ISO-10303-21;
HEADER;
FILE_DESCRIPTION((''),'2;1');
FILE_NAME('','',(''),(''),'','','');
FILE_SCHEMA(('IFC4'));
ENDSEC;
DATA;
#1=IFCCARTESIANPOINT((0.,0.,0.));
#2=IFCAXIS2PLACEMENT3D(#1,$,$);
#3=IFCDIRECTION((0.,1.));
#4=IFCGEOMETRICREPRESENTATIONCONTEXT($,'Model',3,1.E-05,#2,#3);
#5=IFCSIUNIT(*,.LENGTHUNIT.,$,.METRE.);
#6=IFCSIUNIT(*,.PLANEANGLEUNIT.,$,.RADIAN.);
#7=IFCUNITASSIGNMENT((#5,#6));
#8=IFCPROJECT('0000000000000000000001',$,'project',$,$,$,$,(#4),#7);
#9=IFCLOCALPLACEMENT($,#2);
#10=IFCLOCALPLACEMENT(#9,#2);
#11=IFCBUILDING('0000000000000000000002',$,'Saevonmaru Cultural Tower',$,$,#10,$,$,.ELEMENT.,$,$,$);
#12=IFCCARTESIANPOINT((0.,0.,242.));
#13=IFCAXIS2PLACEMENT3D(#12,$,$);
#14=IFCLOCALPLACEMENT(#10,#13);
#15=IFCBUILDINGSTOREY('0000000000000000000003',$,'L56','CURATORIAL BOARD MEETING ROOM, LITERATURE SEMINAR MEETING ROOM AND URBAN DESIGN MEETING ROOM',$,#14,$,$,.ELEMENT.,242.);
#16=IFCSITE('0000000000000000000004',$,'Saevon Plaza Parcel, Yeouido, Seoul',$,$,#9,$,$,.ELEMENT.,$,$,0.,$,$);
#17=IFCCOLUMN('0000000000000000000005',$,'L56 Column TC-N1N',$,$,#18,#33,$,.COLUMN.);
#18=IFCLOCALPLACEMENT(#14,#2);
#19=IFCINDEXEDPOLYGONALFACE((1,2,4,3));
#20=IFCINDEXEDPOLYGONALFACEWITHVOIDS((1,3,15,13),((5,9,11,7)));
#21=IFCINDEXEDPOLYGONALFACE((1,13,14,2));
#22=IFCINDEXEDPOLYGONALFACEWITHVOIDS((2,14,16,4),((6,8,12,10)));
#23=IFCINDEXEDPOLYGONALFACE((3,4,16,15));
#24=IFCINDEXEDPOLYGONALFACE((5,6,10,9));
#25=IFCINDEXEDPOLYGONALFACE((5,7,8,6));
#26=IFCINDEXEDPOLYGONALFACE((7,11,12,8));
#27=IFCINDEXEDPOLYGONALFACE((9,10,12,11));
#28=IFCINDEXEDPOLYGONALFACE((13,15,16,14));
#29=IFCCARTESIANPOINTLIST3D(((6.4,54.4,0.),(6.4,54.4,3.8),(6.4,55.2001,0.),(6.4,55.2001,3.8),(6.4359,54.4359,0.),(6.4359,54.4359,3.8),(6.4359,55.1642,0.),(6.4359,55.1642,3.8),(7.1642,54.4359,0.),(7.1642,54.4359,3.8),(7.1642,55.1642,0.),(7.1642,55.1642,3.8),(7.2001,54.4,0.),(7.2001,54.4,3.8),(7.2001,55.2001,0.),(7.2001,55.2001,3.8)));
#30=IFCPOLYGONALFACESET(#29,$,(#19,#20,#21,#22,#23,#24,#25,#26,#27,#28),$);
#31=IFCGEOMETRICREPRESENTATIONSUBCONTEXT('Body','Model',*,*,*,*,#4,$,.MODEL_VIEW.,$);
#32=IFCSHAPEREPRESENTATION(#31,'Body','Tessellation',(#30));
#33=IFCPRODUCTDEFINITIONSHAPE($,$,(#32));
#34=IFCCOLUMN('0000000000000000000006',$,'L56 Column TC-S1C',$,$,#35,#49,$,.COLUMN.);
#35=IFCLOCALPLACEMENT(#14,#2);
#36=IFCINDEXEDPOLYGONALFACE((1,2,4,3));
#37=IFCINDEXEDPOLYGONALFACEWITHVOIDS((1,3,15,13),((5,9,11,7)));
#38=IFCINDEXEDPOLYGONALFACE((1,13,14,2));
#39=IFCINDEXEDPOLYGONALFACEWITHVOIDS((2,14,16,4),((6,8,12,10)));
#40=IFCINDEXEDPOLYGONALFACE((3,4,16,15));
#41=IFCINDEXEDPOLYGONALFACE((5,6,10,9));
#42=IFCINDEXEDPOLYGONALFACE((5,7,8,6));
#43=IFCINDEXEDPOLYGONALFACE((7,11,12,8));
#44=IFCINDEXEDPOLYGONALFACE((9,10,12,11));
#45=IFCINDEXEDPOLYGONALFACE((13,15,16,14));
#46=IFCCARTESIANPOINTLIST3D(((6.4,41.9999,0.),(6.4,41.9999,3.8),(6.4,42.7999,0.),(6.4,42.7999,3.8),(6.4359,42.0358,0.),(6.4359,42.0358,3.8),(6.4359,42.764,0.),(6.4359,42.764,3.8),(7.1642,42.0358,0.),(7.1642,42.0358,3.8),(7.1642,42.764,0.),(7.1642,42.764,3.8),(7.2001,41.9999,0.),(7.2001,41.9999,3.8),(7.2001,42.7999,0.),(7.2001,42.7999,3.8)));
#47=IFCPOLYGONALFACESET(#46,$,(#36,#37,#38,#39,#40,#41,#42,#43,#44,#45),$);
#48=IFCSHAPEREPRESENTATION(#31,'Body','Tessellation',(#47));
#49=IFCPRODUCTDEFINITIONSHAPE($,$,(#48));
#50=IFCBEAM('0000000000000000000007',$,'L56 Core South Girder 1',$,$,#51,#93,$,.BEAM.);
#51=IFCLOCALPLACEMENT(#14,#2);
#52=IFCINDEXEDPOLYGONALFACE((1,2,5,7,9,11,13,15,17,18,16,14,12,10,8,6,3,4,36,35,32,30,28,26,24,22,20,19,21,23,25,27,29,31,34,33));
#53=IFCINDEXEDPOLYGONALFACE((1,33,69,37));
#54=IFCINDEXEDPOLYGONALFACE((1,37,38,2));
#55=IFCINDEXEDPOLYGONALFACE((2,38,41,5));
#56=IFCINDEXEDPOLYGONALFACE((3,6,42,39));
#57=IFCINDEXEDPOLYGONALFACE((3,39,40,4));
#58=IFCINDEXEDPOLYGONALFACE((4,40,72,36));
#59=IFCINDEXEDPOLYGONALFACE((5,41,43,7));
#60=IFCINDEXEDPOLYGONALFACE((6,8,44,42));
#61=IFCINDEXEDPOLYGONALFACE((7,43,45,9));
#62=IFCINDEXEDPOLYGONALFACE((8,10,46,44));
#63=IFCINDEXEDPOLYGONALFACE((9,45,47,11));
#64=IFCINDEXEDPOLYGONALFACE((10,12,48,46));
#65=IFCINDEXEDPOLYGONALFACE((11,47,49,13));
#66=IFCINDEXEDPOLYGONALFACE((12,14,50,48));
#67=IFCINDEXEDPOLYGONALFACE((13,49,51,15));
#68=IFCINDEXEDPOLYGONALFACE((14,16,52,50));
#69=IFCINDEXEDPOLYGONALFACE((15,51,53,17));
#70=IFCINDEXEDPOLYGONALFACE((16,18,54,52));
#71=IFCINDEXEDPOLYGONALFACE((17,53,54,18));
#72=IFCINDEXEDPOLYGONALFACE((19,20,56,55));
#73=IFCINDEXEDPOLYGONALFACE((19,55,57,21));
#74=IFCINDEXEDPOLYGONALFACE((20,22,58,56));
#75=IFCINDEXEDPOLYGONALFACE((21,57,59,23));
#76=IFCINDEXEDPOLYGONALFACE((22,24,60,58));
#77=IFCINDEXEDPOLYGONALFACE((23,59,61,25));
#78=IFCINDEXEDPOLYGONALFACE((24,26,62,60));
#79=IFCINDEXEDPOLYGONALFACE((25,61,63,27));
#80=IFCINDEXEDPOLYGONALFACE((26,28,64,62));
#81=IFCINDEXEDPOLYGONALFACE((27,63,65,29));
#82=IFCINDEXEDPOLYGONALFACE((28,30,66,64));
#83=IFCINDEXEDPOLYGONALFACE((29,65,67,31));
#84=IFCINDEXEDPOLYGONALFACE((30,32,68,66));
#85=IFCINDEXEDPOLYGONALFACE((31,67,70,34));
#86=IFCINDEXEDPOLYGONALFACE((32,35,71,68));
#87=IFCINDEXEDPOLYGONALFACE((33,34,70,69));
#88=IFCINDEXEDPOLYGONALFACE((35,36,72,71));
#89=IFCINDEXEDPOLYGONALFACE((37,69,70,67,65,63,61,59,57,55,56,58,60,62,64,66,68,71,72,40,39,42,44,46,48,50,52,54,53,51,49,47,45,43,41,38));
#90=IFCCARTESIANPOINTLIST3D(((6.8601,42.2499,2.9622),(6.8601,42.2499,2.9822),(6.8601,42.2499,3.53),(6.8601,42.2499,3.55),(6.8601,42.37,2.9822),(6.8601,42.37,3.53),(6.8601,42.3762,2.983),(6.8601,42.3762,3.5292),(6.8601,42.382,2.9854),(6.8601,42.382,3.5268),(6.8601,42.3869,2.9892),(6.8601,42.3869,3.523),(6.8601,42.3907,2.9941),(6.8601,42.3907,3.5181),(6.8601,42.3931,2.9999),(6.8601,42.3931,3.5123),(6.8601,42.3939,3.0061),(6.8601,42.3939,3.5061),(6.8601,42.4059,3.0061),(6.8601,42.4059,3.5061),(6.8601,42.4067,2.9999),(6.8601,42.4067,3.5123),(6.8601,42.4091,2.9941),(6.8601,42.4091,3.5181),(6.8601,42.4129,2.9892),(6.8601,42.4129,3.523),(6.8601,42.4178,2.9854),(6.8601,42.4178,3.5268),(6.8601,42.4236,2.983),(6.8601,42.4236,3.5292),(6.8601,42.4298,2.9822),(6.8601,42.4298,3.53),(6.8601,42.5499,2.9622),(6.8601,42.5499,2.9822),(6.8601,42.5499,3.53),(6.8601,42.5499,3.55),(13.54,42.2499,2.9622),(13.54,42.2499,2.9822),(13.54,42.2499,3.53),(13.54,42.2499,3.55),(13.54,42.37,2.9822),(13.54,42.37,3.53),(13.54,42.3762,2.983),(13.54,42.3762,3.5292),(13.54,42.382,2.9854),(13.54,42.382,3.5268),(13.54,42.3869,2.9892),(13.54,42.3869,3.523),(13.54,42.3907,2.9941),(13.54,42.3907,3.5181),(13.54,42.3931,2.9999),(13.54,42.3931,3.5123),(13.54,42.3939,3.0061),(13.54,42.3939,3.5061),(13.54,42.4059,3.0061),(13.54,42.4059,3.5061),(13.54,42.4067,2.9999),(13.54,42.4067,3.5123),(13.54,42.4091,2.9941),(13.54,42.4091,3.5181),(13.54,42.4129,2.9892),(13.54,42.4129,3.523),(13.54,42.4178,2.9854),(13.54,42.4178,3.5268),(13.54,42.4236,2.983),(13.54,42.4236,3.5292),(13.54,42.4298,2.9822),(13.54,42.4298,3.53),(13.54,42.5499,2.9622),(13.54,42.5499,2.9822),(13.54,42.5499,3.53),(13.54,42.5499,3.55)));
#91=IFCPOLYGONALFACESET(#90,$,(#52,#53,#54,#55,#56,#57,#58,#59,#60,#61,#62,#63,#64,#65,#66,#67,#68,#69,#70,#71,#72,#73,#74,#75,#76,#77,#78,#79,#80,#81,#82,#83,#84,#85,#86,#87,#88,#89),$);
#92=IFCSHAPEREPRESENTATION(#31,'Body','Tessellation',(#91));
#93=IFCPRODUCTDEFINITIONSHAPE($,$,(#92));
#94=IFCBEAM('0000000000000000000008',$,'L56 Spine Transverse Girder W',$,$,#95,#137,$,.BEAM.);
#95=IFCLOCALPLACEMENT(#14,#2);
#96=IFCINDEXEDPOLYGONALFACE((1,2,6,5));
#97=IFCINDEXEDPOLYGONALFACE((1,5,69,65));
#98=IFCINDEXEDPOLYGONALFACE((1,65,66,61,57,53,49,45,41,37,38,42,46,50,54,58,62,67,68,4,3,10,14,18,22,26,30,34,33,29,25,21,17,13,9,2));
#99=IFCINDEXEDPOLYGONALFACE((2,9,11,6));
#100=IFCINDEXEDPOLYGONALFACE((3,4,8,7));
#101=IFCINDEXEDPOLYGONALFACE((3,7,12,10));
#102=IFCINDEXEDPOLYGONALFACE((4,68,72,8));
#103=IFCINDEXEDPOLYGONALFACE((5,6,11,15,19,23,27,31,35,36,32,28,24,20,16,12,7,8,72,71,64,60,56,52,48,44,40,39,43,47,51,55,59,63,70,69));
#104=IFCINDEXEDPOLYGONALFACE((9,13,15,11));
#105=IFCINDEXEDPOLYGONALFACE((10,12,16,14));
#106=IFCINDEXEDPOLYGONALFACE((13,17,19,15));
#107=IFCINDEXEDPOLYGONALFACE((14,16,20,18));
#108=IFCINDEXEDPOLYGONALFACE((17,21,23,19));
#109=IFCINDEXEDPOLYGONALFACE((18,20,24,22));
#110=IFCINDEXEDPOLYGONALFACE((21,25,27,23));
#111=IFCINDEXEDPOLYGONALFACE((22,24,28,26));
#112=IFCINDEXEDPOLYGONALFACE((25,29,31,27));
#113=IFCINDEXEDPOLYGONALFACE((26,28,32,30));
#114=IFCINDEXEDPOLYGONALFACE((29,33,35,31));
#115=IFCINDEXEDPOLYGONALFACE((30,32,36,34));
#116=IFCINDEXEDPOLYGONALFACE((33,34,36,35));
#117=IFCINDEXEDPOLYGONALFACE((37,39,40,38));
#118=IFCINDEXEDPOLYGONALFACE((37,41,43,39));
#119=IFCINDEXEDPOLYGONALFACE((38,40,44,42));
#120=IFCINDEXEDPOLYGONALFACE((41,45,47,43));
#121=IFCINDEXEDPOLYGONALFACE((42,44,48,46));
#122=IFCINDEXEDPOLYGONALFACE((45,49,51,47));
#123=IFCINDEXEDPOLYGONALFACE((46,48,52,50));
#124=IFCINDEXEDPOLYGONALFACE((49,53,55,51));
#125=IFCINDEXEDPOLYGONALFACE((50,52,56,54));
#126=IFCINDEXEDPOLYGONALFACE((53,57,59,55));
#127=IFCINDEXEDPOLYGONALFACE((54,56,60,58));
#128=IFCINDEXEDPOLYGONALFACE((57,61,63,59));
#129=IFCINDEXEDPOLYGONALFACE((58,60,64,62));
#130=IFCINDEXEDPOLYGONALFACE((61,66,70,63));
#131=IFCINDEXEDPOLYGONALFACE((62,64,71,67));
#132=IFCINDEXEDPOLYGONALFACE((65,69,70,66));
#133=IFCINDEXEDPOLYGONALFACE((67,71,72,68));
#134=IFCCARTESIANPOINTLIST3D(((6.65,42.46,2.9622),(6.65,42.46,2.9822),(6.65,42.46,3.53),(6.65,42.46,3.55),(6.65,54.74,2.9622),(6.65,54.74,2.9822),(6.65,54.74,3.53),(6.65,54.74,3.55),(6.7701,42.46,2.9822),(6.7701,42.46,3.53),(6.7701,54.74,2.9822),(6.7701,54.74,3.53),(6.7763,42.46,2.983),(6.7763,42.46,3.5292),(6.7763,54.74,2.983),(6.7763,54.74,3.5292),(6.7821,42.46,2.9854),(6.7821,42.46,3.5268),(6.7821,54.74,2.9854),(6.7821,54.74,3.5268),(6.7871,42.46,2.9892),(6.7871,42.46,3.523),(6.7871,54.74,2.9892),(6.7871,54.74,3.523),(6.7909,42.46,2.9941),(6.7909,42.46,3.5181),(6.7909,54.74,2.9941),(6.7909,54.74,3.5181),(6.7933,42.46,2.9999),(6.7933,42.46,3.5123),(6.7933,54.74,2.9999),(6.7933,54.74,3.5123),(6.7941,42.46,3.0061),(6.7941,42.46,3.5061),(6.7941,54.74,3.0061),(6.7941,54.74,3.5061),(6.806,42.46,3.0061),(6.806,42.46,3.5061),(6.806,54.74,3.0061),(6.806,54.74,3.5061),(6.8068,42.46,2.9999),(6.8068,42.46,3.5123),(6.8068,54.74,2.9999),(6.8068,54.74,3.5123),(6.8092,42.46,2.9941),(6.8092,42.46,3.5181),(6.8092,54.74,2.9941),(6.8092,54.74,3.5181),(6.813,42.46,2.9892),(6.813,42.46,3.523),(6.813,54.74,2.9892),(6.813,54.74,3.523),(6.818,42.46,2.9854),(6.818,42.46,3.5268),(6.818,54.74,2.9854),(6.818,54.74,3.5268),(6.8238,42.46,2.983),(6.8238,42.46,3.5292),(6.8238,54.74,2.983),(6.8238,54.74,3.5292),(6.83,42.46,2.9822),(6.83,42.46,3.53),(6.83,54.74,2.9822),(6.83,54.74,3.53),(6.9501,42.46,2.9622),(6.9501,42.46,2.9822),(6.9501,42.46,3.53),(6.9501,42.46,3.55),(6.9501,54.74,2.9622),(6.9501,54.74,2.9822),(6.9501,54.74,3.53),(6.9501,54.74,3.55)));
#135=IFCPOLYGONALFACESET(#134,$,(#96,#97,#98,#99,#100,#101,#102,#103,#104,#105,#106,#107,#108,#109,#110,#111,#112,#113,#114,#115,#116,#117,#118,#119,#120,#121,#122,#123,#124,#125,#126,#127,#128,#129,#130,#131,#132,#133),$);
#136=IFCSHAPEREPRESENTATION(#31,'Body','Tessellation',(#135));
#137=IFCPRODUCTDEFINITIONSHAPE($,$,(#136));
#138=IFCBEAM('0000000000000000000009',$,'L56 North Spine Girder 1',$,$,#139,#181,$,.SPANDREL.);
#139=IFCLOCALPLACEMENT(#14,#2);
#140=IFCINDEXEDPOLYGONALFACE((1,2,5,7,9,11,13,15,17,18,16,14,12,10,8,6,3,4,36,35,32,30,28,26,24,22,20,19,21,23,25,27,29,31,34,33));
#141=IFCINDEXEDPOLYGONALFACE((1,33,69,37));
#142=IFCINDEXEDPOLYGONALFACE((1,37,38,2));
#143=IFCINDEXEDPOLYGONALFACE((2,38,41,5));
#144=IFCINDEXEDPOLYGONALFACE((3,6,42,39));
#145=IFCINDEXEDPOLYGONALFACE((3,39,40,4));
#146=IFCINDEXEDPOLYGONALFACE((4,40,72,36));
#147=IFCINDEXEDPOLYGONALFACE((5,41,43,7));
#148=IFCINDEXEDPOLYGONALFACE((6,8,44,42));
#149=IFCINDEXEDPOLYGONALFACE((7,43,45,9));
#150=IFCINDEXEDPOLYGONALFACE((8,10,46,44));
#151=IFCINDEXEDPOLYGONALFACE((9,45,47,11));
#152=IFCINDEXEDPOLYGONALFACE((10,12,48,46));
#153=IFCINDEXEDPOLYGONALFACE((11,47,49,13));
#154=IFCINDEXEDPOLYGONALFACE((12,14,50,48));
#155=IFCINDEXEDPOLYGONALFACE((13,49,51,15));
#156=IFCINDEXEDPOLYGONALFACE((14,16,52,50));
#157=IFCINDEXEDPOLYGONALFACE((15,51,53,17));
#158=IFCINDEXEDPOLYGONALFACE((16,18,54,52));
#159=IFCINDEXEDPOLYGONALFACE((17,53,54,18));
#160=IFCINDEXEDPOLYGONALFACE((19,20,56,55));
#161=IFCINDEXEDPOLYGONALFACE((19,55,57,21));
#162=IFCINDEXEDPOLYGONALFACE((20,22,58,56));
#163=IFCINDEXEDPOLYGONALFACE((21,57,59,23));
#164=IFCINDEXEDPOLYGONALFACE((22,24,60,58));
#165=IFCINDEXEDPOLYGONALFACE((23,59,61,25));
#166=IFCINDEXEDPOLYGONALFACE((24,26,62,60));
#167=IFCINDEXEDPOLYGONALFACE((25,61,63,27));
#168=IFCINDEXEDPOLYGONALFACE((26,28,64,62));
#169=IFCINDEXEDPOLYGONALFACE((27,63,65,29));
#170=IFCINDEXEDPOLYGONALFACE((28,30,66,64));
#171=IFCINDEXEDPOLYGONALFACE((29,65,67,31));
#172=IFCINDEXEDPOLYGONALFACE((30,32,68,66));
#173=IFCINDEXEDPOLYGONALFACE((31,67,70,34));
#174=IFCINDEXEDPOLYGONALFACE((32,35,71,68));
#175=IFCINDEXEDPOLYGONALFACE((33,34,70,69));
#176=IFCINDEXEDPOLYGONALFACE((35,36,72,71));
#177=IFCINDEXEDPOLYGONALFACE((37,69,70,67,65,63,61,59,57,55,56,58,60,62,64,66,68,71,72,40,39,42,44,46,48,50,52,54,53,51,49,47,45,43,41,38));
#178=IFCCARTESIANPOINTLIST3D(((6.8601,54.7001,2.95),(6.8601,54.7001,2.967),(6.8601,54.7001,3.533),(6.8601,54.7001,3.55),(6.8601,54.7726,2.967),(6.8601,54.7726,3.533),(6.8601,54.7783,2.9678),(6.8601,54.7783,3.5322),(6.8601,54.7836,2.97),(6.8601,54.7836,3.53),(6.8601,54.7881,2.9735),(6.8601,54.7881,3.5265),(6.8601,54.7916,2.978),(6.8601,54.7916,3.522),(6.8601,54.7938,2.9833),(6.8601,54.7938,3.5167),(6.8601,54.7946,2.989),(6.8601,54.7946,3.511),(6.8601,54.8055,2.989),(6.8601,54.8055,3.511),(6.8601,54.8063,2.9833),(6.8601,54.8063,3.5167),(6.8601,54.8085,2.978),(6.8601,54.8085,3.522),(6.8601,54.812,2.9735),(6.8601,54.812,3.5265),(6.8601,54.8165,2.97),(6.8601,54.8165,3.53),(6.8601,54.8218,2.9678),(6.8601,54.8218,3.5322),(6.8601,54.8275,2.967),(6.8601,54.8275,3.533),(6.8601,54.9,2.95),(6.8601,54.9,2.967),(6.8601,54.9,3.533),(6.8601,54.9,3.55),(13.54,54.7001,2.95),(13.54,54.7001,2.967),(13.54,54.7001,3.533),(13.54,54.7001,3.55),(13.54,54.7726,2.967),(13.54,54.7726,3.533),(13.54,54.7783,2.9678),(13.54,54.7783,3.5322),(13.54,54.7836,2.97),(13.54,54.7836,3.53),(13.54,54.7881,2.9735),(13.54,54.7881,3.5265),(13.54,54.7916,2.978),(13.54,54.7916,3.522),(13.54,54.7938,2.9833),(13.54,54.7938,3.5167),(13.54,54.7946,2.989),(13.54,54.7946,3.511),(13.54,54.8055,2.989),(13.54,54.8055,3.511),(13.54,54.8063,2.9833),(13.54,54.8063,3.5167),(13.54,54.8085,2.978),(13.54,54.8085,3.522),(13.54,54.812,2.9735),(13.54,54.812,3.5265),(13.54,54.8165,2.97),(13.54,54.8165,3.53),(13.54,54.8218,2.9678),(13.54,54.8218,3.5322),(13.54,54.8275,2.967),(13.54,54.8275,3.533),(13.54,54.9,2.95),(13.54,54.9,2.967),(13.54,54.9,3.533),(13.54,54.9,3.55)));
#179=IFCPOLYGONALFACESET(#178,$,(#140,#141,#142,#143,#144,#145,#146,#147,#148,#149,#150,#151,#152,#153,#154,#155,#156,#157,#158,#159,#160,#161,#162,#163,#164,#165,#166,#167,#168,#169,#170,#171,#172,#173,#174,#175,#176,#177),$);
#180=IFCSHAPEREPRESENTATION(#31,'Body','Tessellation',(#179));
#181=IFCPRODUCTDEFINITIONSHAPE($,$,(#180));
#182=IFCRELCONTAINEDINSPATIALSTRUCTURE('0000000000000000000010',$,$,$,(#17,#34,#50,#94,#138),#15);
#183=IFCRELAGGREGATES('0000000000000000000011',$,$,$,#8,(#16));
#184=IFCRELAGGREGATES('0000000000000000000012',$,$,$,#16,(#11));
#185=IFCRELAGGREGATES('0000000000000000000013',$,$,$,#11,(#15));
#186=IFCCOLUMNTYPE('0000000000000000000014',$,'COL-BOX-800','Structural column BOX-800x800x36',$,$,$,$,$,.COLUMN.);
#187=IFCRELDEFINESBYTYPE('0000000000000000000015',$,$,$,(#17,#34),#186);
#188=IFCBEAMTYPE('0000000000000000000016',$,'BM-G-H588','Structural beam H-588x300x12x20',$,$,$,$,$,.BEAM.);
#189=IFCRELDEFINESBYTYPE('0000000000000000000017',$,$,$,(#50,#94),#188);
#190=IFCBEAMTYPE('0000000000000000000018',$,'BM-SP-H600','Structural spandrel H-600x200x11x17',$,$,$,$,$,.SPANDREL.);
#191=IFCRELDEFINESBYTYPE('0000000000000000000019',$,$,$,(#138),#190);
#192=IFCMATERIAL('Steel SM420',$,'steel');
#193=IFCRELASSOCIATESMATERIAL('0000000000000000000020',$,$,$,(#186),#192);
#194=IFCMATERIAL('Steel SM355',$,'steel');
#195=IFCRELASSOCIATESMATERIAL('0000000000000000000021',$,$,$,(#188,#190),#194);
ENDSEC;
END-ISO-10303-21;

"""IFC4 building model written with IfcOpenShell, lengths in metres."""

from ifc_helpers import new_model, si_unit, direction, frame, origin, origin_2d, place, context, subcontext, project, spatial, hollow_rectangle, i_section, extrude, material, material_profile, profile_set, type_object, element, save


model = new_model("IFC4")

# Units and contexts
model_context = context("Model", 3, precision=1e-05, world=origin(), true_north=direction((0.0, 1.0)))
body_context = subcontext(model_context, "Body", "Model", "MODEL_VIEW")
ifc_project = project(units=[si_unit("LENGTHUNIT", "METRE"), si_unit("PLANEANGLEUNIT", "RADIAN")], contexts=[model_context])

# Site, building, storey
site_placement = place(None, origin())
site = spatial("IfcSite", under=ifc_project, at=site_placement, Name="Saevon Plaza Parcel, Yeouido, Seoul", CompositionType="ELEMENT", RefElevation=0.0)
building_placement = place(site_placement, origin())
building = spatial("IfcBuilding", under=site, at=building_placement, Name="Saevonmaru Cultural Tower", CompositionType="ELEMENT")
storey_placement = place(building_placement, frame((0.0, 0.0, 242.0)))
storey = spatial("IfcBuildingStorey", under=building, at=storey_placement, Name="L56", Description="CURATORIAL BOARD MEETING ROOM, LITERATURE SEMINAR MEETING ROOM AND URBAN DESIGN MEETING ROOM", CompositionType="ELEMENT", Elevation=242.0)

# Columns
ifc_material_1 = material(Name="Steel SM420", Category="steel")
ifc_material_profile_1 = material_profile(ifc_material_1, hollow_rectangle(XDim=0.8, YDim=0.8, WallThickness=0.0359, at=origin_2d()), Name="BOX-800x800x36")
ifc_profile_set_1 = profile_set([ifc_material_profile_1], Name="Steel SM420")
column_type = type_object("IfcColumnType", Name="COL-BOX-800", Description="Structural column BOX-800x800x36", PredefinedType="COLUMN", material=ifc_profile_set_1)
for number, where, z_axis, x_axis, name in (
    (1, (6.8, 54.8, 0.0), (0.0, 0.0, 1.0), (1.0, 0.0, 0.0), "L56 Column TC-N1N"),
    (2, (6.8, 42.3999, 0.0), (0.0, 0.0, 1.0), (1.0, 0.0, 0.0), "L56 Column TC-S1C"),
):
    element("IfcColumn", number, at=place(storey_placement, frame(where, z_axis=z_axis, x_axis=x_axis)), inside=storey, type_object=column_type, Name=name, PredefinedType="COLUMN", context=body_context, shape_type="SweptSolid", body=[
        extrude(hollow_rectangle(XDim=0.8, YDim=0.8, WallThickness=0.0359, at=origin_2d()), origin(), (0.0, 0.0, 1.0), 3.8),
    ])

# Beams
ifc_material_2 = material(Name="Steel SM355", Category="steel")
ifc_material_profile_2 = material_profile(ifc_material_2, i_section(OverallWidth=0.3, OverallDepth=0.5879, WebThickness=0.012, FlangeThickness=0.02, FilletRadius=0.0239, at=origin_2d()), Name="H-588x300x12x20")
ifc_profile_set_2 = profile_set([ifc_material_profile_2], Name="Steel SM355")
beam_type_1 = type_object("IfcBeamType", Name="BM-G-H588", Description="Structural beam H-588x300x12x20", PredefinedType="BEAM", material=ifc_profile_set_2)
beam_1_placement = place(storey_placement, frame((6.8601, 42.3999, 3.2561), z_axis=(1.0, 0.0, 0.0), x_axis=(0.0, 1.0, 0.0)))
element("IfcBeam", 3, at=beam_1_placement, inside=storey, type_object=beam_type_1, Name="L56 Core South Girder 1", PredefinedType="BEAM", context=body_context, shape_type="SweptSolid", body=[
    extrude(i_section(OverallWidth=0.3, OverallDepth=0.5879, WebThickness=0.012, FlangeThickness=0.02, FilletRadius=0.0239, at=origin_2d()), origin(), (0.0, 0.0, 1.0), 6.6799),
])
beam_2_placement = place(storey_placement, frame((6.8, 54.74, 3.2561), z_axis=(0.0, -1.0, 0.0), x_axis=(1.0, 0.0, 0.0)))
element("IfcBeam", 4, at=beam_2_placement, inside=storey, type_object=beam_type_1, Name="L56 Spine Transverse Girder W", PredefinedType="BEAM", context=body_context, shape_type="SweptSolid", body=[
    extrude(i_section(OverallWidth=0.3, OverallDepth=0.5879, WebThickness=0.012, FlangeThickness=0.02, FilletRadius=0.0239, at=origin_2d()), origin(), (0.0, 0.0, 1.0), 12.28),
])
ifc_material_profile_3 = material_profile(ifc_material_2, i_section(OverallWidth=0.2, OverallDepth=0.6001, WebThickness=0.011, FlangeThickness=0.0171, FilletRadius=0.022, at=origin_2d()), Name="H-600x200x11x17")
ifc_profile_set_3 = profile_set([ifc_material_profile_3], Name="Steel SM355")
beam_type_2 = type_object("IfcBeamType", Name="BM-SP-H600", Description="Structural spandrel H-600x200x11x17", PredefinedType="SPANDREL", material=ifc_profile_set_3)
beam_3_placement = place(storey_placement, frame((6.8601, 54.8, 3.25), z_axis=(1.0, 0.0, 0.0), x_axis=(0.0, 1.0, 0.0)))
element("IfcBeam", 5, at=beam_3_placement, inside=storey, type_object=beam_type_2, Name="L56 North Spine Girder 1", PredefinedType="SPANDREL", context=body_context, shape_type="SweptSolid", body=[
    extrude(i_section(OverallWidth=0.2, OverallDepth=0.6001, WebThickness=0.011, FlangeThickness=0.0171, FilletRadius=0.022, at=origin_2d()), origin(), (0.0, 0.0, 1.0), 6.6799),
])

save(model, "model.ifc")
